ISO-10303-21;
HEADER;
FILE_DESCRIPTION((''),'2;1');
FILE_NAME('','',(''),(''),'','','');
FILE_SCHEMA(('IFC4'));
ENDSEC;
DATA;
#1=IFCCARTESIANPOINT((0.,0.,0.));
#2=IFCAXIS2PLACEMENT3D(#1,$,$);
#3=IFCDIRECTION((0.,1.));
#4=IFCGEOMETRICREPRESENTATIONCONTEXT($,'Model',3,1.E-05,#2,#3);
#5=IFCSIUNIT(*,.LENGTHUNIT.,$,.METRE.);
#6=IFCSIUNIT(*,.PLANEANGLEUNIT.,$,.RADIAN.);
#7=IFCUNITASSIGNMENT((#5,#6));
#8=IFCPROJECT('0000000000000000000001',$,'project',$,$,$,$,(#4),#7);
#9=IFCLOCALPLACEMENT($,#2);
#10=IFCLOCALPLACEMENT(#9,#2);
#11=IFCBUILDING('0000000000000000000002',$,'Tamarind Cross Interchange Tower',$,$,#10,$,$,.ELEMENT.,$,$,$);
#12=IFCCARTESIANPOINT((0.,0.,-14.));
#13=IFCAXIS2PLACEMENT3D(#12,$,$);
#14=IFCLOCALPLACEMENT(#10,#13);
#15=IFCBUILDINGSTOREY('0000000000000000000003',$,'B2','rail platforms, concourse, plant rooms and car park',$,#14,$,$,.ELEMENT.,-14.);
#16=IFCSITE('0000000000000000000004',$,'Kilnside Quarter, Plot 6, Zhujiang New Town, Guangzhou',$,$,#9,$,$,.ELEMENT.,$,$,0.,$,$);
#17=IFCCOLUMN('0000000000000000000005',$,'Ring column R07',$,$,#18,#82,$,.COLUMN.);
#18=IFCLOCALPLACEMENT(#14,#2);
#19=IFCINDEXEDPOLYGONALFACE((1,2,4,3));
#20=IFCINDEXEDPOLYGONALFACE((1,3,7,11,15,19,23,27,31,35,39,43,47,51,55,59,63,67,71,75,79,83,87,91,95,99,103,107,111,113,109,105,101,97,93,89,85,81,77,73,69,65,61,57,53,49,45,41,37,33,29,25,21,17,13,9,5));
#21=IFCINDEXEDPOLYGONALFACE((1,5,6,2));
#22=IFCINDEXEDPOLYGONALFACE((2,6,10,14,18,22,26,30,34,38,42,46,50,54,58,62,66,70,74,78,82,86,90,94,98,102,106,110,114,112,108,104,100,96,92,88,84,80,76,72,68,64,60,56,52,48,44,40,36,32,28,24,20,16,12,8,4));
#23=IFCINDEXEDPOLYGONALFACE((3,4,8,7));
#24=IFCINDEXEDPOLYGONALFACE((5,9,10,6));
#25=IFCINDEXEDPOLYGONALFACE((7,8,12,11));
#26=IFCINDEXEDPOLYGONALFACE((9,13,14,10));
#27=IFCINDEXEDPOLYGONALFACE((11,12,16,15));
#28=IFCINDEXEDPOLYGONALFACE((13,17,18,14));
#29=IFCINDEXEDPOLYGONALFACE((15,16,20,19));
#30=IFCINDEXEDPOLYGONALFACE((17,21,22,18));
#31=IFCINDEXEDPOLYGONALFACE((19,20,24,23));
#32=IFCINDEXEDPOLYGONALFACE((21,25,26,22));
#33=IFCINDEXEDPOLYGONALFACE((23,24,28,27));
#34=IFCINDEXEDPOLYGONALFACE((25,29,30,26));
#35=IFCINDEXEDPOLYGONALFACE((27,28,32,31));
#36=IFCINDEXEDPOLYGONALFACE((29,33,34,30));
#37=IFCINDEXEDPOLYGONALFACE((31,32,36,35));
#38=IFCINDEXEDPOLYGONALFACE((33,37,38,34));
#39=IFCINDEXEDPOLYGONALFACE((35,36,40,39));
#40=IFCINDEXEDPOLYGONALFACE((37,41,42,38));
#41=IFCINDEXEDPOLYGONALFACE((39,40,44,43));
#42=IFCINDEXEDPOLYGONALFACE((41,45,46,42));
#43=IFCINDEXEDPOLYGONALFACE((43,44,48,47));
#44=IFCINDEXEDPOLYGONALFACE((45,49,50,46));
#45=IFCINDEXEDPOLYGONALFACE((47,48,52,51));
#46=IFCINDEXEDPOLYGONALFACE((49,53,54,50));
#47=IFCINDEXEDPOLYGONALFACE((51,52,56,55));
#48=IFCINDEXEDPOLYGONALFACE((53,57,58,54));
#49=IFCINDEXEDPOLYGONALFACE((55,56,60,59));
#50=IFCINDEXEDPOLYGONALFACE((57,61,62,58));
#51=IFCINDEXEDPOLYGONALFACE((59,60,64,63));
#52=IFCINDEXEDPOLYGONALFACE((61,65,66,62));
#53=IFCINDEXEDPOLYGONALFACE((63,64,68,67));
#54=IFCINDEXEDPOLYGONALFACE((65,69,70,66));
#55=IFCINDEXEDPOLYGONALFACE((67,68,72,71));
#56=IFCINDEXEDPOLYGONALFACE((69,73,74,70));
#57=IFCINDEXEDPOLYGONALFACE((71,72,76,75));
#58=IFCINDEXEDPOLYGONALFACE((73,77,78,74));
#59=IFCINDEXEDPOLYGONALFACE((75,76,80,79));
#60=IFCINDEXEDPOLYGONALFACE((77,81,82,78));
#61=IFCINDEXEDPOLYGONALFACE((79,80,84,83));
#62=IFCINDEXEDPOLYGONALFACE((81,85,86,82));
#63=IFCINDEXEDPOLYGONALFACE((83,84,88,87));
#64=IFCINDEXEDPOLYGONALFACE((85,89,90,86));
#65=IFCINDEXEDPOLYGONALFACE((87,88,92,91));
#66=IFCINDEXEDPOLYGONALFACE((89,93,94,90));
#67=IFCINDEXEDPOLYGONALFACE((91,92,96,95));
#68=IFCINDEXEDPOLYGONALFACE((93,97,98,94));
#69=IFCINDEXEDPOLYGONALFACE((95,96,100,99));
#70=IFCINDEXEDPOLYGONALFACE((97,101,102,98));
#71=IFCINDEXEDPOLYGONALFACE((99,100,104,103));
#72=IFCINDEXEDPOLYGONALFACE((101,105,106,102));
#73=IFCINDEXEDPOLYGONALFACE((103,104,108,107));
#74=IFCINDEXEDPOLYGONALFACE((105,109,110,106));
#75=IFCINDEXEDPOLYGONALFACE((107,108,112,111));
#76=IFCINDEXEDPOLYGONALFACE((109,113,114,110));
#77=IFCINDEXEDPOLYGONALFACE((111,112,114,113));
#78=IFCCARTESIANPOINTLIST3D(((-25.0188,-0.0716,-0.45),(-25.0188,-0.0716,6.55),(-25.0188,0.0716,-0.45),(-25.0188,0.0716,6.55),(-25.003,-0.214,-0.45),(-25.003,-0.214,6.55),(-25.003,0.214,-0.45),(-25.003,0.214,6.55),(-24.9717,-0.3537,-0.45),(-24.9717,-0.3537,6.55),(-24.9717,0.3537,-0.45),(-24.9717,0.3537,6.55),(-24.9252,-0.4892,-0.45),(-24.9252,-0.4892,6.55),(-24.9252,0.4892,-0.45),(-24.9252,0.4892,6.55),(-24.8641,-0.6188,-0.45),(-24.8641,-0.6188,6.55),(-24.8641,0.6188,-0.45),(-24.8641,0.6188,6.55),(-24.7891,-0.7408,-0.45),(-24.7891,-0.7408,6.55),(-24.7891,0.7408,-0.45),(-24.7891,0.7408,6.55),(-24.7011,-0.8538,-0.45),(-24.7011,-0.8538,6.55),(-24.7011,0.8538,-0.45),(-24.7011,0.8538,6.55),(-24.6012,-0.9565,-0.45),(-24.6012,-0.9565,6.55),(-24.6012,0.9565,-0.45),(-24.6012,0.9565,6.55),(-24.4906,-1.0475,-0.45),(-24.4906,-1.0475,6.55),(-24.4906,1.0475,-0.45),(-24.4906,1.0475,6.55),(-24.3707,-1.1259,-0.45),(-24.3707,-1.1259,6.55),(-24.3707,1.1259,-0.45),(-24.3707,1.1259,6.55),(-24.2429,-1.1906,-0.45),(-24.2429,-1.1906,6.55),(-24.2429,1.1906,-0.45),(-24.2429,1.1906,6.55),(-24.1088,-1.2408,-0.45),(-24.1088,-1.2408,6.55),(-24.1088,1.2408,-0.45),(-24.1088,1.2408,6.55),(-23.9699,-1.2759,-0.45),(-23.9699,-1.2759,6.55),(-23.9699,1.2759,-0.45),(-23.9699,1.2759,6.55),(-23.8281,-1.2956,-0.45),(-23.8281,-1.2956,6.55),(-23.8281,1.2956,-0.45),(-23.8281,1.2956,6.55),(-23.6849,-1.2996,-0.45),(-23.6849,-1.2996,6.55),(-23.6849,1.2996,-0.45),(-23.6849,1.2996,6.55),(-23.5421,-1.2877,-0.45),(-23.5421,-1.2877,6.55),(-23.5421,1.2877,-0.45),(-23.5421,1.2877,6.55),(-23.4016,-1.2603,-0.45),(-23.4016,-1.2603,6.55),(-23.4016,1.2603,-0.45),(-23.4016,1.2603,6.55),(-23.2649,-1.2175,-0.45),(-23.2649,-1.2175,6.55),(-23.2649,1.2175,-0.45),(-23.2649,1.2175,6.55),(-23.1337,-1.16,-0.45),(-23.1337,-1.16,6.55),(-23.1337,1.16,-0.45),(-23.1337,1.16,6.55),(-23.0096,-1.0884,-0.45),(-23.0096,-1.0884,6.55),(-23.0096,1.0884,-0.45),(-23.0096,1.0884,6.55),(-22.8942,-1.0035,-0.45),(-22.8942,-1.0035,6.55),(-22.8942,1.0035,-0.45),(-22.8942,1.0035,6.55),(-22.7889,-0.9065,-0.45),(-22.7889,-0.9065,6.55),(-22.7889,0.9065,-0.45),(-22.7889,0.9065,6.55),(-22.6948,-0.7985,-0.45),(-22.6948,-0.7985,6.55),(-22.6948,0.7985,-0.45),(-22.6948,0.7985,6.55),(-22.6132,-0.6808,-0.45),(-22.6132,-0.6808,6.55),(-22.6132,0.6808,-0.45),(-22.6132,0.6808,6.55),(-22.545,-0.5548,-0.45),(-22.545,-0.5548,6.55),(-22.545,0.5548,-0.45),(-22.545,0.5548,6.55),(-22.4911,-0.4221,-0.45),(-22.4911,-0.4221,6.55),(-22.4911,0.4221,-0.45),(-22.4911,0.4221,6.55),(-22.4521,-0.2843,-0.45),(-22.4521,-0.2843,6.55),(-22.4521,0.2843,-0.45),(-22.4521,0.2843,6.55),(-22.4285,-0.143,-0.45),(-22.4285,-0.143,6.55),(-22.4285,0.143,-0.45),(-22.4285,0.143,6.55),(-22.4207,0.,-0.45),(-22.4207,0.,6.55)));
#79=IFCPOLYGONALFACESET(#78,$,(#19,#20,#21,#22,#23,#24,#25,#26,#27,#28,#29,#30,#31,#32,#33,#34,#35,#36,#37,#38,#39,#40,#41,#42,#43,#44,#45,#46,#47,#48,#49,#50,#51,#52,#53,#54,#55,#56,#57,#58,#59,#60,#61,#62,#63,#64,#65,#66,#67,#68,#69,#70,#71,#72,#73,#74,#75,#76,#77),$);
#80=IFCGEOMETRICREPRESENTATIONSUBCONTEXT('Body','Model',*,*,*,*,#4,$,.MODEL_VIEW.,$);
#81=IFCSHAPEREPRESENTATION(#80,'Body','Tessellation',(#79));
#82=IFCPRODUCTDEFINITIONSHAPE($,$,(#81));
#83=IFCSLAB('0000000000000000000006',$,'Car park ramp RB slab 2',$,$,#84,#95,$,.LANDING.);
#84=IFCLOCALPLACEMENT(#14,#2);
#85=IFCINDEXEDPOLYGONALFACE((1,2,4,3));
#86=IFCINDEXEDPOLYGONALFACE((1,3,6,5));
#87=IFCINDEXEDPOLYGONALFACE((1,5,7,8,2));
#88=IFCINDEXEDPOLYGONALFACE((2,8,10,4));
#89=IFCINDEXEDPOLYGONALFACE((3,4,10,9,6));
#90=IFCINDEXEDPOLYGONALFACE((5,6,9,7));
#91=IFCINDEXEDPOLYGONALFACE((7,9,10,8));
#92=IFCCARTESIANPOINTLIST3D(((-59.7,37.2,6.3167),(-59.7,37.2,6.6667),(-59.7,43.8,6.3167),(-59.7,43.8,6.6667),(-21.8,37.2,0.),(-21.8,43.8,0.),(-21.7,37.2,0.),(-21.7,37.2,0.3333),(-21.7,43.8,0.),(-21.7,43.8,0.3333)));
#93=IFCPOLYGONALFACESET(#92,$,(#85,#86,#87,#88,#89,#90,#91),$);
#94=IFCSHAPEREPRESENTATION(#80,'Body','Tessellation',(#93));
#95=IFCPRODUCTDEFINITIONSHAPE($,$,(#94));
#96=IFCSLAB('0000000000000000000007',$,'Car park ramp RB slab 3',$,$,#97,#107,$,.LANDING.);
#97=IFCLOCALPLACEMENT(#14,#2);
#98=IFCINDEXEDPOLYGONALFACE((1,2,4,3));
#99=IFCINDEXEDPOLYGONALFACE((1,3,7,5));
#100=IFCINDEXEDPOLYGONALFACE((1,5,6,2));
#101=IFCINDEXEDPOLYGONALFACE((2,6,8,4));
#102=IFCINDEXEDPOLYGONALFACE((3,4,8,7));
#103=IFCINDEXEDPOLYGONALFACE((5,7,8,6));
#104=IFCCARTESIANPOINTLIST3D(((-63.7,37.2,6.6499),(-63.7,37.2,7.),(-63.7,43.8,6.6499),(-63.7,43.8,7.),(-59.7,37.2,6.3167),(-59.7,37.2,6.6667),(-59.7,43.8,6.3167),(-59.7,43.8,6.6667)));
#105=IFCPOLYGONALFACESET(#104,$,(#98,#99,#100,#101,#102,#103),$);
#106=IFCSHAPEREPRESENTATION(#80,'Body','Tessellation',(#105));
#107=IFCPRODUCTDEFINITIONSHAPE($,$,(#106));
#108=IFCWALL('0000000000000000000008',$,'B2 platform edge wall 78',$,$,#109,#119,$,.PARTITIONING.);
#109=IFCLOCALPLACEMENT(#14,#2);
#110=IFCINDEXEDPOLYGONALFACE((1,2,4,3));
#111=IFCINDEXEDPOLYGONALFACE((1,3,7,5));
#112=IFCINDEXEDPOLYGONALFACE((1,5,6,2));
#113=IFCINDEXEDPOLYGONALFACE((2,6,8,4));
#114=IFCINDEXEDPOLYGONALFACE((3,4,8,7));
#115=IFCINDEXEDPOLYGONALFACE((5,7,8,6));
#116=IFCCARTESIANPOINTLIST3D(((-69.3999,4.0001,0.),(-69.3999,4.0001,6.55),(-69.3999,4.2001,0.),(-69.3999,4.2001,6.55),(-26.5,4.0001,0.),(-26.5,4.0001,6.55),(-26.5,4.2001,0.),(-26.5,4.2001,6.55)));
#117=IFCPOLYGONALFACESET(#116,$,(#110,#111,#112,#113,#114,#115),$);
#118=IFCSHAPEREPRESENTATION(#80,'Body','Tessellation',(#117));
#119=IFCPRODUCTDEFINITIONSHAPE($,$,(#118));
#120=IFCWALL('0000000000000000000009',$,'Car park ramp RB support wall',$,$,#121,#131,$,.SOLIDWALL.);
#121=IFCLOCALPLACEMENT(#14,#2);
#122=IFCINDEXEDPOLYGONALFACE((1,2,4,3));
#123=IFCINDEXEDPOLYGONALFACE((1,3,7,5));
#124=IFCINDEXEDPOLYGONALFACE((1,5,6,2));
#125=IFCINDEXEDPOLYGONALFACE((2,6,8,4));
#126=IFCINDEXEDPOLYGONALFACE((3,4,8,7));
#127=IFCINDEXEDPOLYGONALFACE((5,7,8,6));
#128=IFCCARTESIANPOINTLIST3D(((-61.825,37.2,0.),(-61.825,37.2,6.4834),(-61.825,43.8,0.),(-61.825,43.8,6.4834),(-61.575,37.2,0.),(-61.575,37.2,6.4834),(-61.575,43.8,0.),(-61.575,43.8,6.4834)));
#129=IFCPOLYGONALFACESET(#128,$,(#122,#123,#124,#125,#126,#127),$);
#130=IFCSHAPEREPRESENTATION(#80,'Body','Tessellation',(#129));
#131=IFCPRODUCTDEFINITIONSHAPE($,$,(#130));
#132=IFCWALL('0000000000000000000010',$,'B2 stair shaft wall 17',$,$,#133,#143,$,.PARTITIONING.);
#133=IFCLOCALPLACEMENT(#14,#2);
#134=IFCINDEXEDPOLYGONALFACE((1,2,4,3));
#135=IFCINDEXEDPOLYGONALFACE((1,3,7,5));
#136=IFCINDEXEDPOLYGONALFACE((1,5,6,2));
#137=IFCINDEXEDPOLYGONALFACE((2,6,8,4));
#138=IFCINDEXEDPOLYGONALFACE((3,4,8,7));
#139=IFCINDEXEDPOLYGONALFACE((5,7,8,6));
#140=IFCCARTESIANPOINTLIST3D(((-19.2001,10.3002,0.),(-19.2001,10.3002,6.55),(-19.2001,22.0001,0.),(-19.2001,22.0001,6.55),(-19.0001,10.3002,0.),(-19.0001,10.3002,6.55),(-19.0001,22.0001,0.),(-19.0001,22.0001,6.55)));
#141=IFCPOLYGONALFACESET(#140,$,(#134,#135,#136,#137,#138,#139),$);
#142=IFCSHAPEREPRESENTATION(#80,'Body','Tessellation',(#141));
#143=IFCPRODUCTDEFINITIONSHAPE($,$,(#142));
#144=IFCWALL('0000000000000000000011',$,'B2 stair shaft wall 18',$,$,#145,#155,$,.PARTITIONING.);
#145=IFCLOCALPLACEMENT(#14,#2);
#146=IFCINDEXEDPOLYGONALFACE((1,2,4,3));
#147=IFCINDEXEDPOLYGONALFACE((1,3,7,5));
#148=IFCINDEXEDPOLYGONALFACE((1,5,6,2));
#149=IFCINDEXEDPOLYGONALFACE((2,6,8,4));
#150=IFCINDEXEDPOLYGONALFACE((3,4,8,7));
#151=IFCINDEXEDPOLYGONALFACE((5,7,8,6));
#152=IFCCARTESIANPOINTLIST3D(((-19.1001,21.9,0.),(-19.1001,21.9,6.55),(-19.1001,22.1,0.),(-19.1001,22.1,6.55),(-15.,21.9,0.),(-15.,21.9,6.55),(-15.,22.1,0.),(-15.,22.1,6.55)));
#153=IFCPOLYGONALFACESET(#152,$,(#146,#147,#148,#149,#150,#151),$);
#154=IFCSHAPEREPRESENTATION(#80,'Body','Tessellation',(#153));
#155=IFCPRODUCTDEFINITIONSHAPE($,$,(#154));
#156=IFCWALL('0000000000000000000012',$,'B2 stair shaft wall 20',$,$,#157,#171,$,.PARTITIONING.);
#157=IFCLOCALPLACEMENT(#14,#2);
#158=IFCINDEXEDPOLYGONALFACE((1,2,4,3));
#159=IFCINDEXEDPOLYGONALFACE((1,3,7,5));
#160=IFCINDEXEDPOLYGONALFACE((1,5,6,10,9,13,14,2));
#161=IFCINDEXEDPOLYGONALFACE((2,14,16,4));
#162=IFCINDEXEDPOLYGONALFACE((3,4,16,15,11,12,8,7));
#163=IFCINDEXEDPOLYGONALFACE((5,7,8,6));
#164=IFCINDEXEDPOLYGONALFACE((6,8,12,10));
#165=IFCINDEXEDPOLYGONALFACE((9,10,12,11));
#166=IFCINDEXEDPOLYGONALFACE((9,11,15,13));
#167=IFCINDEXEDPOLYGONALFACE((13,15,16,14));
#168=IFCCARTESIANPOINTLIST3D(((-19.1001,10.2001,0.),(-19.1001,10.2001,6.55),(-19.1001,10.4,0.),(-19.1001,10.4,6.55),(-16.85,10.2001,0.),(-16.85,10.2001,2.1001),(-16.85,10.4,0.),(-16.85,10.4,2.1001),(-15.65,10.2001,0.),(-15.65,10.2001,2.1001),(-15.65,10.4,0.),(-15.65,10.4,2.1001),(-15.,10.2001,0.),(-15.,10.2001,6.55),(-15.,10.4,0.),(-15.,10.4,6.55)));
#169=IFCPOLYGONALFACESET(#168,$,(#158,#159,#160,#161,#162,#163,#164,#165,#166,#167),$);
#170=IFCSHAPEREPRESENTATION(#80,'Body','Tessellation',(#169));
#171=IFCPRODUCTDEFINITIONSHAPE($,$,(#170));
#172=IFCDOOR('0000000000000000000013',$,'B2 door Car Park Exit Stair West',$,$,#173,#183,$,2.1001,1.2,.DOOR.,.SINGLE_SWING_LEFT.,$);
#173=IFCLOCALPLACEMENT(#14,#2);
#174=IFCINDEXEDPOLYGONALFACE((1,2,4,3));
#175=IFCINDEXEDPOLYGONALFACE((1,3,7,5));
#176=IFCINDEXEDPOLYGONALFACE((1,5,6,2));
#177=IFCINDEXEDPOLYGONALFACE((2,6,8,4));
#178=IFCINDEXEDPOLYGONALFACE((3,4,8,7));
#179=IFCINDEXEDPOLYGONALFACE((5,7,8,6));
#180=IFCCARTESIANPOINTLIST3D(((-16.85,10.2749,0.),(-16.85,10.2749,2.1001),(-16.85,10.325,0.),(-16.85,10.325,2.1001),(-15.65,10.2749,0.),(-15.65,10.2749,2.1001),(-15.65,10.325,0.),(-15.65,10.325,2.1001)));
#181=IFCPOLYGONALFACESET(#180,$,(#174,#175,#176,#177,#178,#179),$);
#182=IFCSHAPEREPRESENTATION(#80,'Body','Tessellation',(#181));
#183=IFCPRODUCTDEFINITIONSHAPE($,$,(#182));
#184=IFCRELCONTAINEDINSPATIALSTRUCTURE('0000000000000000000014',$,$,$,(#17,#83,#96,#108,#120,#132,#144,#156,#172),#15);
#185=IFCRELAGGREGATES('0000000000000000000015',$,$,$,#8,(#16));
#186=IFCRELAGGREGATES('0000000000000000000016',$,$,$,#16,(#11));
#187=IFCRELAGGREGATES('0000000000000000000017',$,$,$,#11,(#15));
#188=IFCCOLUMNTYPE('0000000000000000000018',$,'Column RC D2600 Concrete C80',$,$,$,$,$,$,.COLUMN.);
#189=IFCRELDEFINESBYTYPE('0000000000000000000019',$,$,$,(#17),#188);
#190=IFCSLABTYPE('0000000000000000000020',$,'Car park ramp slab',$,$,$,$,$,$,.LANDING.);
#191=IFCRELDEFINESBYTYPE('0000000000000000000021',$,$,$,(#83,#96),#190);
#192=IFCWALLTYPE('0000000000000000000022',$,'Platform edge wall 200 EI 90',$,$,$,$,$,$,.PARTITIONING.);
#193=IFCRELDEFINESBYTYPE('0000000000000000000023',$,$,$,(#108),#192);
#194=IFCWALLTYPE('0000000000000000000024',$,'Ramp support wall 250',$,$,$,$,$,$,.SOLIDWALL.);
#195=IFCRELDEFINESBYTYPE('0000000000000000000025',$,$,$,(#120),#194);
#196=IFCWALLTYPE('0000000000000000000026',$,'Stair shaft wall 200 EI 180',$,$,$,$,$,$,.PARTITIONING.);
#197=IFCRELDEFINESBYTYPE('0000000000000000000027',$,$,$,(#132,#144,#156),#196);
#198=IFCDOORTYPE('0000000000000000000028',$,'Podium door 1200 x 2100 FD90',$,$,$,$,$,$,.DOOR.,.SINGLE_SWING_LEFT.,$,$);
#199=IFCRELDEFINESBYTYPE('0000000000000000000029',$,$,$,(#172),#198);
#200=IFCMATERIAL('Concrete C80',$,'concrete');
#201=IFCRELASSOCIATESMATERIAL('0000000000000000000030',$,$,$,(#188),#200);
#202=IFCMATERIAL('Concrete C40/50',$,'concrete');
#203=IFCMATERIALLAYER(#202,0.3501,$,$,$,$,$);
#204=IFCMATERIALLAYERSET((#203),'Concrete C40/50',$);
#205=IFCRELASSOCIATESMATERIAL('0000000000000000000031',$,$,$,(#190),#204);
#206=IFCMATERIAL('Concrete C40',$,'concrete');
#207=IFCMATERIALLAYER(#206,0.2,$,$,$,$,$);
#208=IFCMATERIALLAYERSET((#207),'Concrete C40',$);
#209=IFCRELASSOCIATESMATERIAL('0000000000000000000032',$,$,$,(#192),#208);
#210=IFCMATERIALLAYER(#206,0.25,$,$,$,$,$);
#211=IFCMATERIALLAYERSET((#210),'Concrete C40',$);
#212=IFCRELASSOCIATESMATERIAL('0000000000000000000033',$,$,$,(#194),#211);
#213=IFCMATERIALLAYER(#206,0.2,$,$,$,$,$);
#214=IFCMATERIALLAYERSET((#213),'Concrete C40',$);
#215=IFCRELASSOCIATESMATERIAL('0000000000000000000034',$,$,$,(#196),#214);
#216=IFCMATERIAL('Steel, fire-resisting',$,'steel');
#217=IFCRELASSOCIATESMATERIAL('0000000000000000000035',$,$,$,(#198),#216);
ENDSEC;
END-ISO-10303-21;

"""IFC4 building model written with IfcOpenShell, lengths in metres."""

from ifc_helpers import new_model, si_unit, direction, frame, frame_2d, origin, origin_2d, place, context, subcontext, project, spatial, polyline, rectangle, circle, outline, extrude, material, layer, layer_set, material_profile, profile_set, type_object, element, fill, save


model = new_model("IFC4")

# Units and contexts
model_context = context("Model", 3, precision=1e-05, world=origin(), true_north=direction((0.0, 1.0)))
body_context = subcontext(model_context, "Body", "Model", "MODEL_VIEW")
ifc_project = project(units=[si_unit("LENGTHUNIT", "METRE"), si_unit("PLANEANGLEUNIT", "RADIAN")], contexts=[model_context])

# Site, building, storey
site_placement = place(None, origin())
site = spatial("IfcSite", under=ifc_project, at=site_placement, Name="Kilnside Quarter, Plot 6, Zhujiang New Town, Guangzhou", CompositionType="ELEMENT", RefElevation=0.0)
building_placement = place(site_placement, origin())
building = spatial("IfcBuilding", under=site, at=building_placement, Name="Tamarind Cross Interchange Tower", CompositionType="ELEMENT")
storey_placement = place(building_placement, frame((0.0, 0.0, -14.0)))
storey = spatial("IfcBuildingStorey", under=building, at=storey_placement, Name="B2", Description="rail platforms, concourse, plant rooms and car park", CompositionType="ELEMENT", Elevation=-14.0)

# Column
ifc_material_1 = material(Name="Concrete C80", Category="concrete")
ifc_material_profile_1 = material_profile(ifc_material_1, circle(Radius=1.3, at=origin_2d()), Name="RC D2600")
ifc_profile_set_1 = profile_set([ifc_material_profile_1], Name="Concrete C80")
column_type_1 = type_object("IfcColumnType", Name="Column RC D2600 Concrete C80", PredefinedType="COLUMN", material=ifc_profile_set_1)
for number, where, z_axis, x_axis, name in (
    (1, (-23.7207, 0.0, -0.45), (0.0, 0.0, 1.0), (1.0, 0.0, 0.0), "Ring column R07"),
):
    element("IfcColumn", number, at=place(storey_placement, frame(where, z_axis=z_axis, x_axis=x_axis)), inside=storey, type_object=column_type_1, Name=name, PredefinedType="COLUMN", context=body_context, shape_type="SweptSolid", body=[
        extrude(circle(Radius=1.3, at=origin_2d()), origin(), (0.0, 0.0, 1.0), 7.0),
    ])

# Slabs
ifc_material_2 = material(Name="Concrete C40/50", Category="concrete")
ifc_layer_1 = layer(ifc_material_2, 0.3501)
ifc_layer_set_1 = layer_set([ifc_layer_1], Name="Concrete C40/50")
slab_type = type_object("IfcSlabType", Name="Car park ramp slab", PredefinedType="LANDING", material=ifc_layer_set_1)
slab_1_placement = place(storey_placement, frame((-21.7, 40.5, 0.0), z_axis=(0.0, 0.0, 1.0), x_axis=(-1.0, 0.0, 0.0)))
element("IfcSlab", 2, at=slab_1_placement, inside=storey, type_object=slab_type, Name="Car park ramp RB slab 2", PredefinedType="LANDING", context=body_context, shape_type="SweptSolid", body=[
    extrude(outline(polyline([(0.0, 0.0), (0.1001, 0.0), (38.0, 6.3167), (38.0, 6.6667), (0.0, 0.3333), (0.0, 0.0)])), frame((0.0, 3.3, 0.0), z_axis=(0.0, -1.0, 0.0), x_axis=(1.0, 0.0, 0.0)), (0.0, 0.0, 1.0), 6.6001),
])
slab_2_placement = place(storey_placement, frame((-59.7, 40.5, 0.0), z_axis=(0.0, 0.0, 1.0), x_axis=(-1.0, 0.0, 0.0)))
element("IfcSlab", 3, at=slab_2_placement, inside=storey, type_object=slab_type, Name="Car park ramp RB slab 3", PredefinedType="LANDING", context=body_context, shape_type="SweptSolid", body=[
    extrude(outline(polyline([(0.0, 6.3167), (4.0, 6.6499), (4.0, 7.0), (0.0, 6.6667), (0.0, 6.3167)])), frame((0.0, 3.3, 0.0), z_axis=(0.0, -1.0, 0.0), x_axis=(1.0, 0.0, 0.0)), (0.0, 0.0, 1.0), 6.6001),
])

# Walls
ifc_material_3 = material(Name="Concrete C40", Category="concrete")
ifc_layer_2 = layer(ifc_material_3, 0.2)
ifc_layer_set_2 = layer_set([ifc_layer_2], Name="Concrete C40")
wall_type_1 = type_object("IfcWallType", Name="Platform edge wall 200 EI 90", PredefinedType="PARTITIONING", material=ifc_layer_set_2)
wall_1_placement = place(storey_placement, frame((-69.3999, 4.1001, 0.0), z_axis=(0.0, 0.0, 1.0), x_axis=(1.0, 0.0, 0.0)))
element("IfcWall", 4, at=wall_1_placement, inside=storey, type_object=wall_type_1, Name="B2 platform edge wall 78", PredefinedType="PARTITIONING", context=body_context, shape_type="SweptSolid", body=[
    extrude(rectangle(XDim=42.8999, YDim=0.2, at=frame_2d((21.45, 0.0))), origin(), (0.0, 0.0, 1.0), 6.55),
])
ifc_layer_3 = layer(ifc_material_3, 0.25)
ifc_layer_set_3 = layer_set([ifc_layer_3], Name="Concrete C40")
wall_type_2 = type_object("IfcWallType", Name="Ramp support wall 250", PredefinedType="SOLIDWALL", material=ifc_layer_set_3)
wall_2_placement = place(storey_placement, frame((-61.7, 37.2, 0.0), z_axis=(0.0, 0.0, 1.0), x_axis=(0.0, 1.0, 0.0)))
element("IfcWall", 5, at=wall_2_placement, inside=storey, type_object=wall_type_2, Name="Car park ramp RB support wall", PredefinedType="SOLIDWALL", context=body_context, shape_type="SweptSolid", body=[
    extrude(rectangle(XDim=6.6001, YDim=0.25, at=frame_2d((3.3, 0.0))), origin(), (0.0, 0.0, 1.0), 6.4834),
])
ifc_layer_4 = layer(ifc_material_3, 0.2)
ifc_layer_set_4 = layer_set([ifc_layer_4], Name="Concrete C40")
wall_type_3 = type_object("IfcWallType", Name="Stair shaft wall 200 EI 180", PredefinedType="PARTITIONING", material=ifc_layer_set_4)
wall_3_placement = place(storey_placement, frame((-19.1001, 10.3, 0.0), z_axis=(0.0, 0.0, 1.0), x_axis=(0.0, 1.0, 0.0)))
element("IfcWall", 6, at=wall_3_placement, inside=storey, type_object=wall_type_3, Name="B2 stair shaft wall 17", PredefinedType="PARTITIONING", context=body_context, shape_type="SweptSolid", body=[
    extrude(rectangle(XDim=11.7, YDim=0.2, at=frame_2d((5.8501, 0.0))), origin(), (0.0, 0.0, 1.0), 6.55),
])
wall_4_placement = place(storey_placement, frame((-19.1001, 22.0, 0.0), z_axis=(0.0, 0.0, 1.0), x_axis=(1.0, 0.0, 0.0)))
element("IfcWall", 7, at=wall_4_placement, inside=storey, type_object=wall_type_3, Name="B2 stair shaft wall 18", PredefinedType="PARTITIONING", context=body_context, shape_type="SweptSolid", body=[
    extrude(rectangle(XDim=4.1001, YDim=0.2, at=frame_2d((2.05, 0.0))), origin(), (0.0, 0.0, 1.0), 6.55),
])

# Wall, opening, door
wall_5_placement = place(storey_placement, frame((-19.1001, 10.3, 0.0), z_axis=(0.0, 0.0, 1.0), x_axis=(1.0, 0.0, 0.0)))
wall_5 = element("IfcWall", 8, at=wall_5_placement, inside=storey, type_object=wall_type_3, Name="B2 stair shaft wall 20", PredefinedType="PARTITIONING", context=body_context, shape_type="SweptSolid", body=[
    extrude(rectangle(XDim=4.1001, YDim=0.2, at=frame_2d((2.05, 0.0))), origin(), (0.0, 0.0, 1.0), 6.55),
])
opening_placement = place(wall_5_placement, frame((2.25, 0.0, 0.0)))
opening = element("IfcOpeningElement", 9, at=opening_placement, cuts=wall_5, PredefinedType="OPENING", context=body_context, shape_type="SweptSolid", body=[
    extrude(rectangle(XDim=1.2, YDim=2.1001, at=frame_2d((0.6001, 1.05))), frame((0.0, 0.1099, 0.0), z_axis=(0.0, -1.0, 0.0), x_axis=(1.0, 0.0, 0.0)), (0.0, 0.0, 1.0), 0.22),
])
ifc_material_4 = material(Name="Steel, fire-resisting", Category="steel")
door_type = type_object("IfcDoorType", Name="Podium door 1200 x 2100 FD90", OperationType="SINGLE_SWING_LEFT", PredefinedType="DOOR", material=ifc_material_4)
door_placement = place(opening_placement, origin())
door = element("IfcDoor", 10, at=door_placement, inside=storey, type_object=door_type, Name="B2 door Car Park Exit Stair West", OperationType="SINGLE_SWING_LEFT", OverallHeight=2.1001, OverallWidth=1.2, PredefinedType="DOOR", context=body_context, shape_type="SweptSolid", body=[
    extrude(rectangle(XDim=1.2, YDim=2.1001, at=frame_2d((0.6001, 1.05))), frame((0.0, 0.0249, 0.0), z_axis=(0.0, -1.0, 0.0), x_axis=(1.0, 0.0, 0.0)), (0.0, 0.0, 1.0), 0.05),
])
fill(opening, door)

save(model, "model.ifc")
